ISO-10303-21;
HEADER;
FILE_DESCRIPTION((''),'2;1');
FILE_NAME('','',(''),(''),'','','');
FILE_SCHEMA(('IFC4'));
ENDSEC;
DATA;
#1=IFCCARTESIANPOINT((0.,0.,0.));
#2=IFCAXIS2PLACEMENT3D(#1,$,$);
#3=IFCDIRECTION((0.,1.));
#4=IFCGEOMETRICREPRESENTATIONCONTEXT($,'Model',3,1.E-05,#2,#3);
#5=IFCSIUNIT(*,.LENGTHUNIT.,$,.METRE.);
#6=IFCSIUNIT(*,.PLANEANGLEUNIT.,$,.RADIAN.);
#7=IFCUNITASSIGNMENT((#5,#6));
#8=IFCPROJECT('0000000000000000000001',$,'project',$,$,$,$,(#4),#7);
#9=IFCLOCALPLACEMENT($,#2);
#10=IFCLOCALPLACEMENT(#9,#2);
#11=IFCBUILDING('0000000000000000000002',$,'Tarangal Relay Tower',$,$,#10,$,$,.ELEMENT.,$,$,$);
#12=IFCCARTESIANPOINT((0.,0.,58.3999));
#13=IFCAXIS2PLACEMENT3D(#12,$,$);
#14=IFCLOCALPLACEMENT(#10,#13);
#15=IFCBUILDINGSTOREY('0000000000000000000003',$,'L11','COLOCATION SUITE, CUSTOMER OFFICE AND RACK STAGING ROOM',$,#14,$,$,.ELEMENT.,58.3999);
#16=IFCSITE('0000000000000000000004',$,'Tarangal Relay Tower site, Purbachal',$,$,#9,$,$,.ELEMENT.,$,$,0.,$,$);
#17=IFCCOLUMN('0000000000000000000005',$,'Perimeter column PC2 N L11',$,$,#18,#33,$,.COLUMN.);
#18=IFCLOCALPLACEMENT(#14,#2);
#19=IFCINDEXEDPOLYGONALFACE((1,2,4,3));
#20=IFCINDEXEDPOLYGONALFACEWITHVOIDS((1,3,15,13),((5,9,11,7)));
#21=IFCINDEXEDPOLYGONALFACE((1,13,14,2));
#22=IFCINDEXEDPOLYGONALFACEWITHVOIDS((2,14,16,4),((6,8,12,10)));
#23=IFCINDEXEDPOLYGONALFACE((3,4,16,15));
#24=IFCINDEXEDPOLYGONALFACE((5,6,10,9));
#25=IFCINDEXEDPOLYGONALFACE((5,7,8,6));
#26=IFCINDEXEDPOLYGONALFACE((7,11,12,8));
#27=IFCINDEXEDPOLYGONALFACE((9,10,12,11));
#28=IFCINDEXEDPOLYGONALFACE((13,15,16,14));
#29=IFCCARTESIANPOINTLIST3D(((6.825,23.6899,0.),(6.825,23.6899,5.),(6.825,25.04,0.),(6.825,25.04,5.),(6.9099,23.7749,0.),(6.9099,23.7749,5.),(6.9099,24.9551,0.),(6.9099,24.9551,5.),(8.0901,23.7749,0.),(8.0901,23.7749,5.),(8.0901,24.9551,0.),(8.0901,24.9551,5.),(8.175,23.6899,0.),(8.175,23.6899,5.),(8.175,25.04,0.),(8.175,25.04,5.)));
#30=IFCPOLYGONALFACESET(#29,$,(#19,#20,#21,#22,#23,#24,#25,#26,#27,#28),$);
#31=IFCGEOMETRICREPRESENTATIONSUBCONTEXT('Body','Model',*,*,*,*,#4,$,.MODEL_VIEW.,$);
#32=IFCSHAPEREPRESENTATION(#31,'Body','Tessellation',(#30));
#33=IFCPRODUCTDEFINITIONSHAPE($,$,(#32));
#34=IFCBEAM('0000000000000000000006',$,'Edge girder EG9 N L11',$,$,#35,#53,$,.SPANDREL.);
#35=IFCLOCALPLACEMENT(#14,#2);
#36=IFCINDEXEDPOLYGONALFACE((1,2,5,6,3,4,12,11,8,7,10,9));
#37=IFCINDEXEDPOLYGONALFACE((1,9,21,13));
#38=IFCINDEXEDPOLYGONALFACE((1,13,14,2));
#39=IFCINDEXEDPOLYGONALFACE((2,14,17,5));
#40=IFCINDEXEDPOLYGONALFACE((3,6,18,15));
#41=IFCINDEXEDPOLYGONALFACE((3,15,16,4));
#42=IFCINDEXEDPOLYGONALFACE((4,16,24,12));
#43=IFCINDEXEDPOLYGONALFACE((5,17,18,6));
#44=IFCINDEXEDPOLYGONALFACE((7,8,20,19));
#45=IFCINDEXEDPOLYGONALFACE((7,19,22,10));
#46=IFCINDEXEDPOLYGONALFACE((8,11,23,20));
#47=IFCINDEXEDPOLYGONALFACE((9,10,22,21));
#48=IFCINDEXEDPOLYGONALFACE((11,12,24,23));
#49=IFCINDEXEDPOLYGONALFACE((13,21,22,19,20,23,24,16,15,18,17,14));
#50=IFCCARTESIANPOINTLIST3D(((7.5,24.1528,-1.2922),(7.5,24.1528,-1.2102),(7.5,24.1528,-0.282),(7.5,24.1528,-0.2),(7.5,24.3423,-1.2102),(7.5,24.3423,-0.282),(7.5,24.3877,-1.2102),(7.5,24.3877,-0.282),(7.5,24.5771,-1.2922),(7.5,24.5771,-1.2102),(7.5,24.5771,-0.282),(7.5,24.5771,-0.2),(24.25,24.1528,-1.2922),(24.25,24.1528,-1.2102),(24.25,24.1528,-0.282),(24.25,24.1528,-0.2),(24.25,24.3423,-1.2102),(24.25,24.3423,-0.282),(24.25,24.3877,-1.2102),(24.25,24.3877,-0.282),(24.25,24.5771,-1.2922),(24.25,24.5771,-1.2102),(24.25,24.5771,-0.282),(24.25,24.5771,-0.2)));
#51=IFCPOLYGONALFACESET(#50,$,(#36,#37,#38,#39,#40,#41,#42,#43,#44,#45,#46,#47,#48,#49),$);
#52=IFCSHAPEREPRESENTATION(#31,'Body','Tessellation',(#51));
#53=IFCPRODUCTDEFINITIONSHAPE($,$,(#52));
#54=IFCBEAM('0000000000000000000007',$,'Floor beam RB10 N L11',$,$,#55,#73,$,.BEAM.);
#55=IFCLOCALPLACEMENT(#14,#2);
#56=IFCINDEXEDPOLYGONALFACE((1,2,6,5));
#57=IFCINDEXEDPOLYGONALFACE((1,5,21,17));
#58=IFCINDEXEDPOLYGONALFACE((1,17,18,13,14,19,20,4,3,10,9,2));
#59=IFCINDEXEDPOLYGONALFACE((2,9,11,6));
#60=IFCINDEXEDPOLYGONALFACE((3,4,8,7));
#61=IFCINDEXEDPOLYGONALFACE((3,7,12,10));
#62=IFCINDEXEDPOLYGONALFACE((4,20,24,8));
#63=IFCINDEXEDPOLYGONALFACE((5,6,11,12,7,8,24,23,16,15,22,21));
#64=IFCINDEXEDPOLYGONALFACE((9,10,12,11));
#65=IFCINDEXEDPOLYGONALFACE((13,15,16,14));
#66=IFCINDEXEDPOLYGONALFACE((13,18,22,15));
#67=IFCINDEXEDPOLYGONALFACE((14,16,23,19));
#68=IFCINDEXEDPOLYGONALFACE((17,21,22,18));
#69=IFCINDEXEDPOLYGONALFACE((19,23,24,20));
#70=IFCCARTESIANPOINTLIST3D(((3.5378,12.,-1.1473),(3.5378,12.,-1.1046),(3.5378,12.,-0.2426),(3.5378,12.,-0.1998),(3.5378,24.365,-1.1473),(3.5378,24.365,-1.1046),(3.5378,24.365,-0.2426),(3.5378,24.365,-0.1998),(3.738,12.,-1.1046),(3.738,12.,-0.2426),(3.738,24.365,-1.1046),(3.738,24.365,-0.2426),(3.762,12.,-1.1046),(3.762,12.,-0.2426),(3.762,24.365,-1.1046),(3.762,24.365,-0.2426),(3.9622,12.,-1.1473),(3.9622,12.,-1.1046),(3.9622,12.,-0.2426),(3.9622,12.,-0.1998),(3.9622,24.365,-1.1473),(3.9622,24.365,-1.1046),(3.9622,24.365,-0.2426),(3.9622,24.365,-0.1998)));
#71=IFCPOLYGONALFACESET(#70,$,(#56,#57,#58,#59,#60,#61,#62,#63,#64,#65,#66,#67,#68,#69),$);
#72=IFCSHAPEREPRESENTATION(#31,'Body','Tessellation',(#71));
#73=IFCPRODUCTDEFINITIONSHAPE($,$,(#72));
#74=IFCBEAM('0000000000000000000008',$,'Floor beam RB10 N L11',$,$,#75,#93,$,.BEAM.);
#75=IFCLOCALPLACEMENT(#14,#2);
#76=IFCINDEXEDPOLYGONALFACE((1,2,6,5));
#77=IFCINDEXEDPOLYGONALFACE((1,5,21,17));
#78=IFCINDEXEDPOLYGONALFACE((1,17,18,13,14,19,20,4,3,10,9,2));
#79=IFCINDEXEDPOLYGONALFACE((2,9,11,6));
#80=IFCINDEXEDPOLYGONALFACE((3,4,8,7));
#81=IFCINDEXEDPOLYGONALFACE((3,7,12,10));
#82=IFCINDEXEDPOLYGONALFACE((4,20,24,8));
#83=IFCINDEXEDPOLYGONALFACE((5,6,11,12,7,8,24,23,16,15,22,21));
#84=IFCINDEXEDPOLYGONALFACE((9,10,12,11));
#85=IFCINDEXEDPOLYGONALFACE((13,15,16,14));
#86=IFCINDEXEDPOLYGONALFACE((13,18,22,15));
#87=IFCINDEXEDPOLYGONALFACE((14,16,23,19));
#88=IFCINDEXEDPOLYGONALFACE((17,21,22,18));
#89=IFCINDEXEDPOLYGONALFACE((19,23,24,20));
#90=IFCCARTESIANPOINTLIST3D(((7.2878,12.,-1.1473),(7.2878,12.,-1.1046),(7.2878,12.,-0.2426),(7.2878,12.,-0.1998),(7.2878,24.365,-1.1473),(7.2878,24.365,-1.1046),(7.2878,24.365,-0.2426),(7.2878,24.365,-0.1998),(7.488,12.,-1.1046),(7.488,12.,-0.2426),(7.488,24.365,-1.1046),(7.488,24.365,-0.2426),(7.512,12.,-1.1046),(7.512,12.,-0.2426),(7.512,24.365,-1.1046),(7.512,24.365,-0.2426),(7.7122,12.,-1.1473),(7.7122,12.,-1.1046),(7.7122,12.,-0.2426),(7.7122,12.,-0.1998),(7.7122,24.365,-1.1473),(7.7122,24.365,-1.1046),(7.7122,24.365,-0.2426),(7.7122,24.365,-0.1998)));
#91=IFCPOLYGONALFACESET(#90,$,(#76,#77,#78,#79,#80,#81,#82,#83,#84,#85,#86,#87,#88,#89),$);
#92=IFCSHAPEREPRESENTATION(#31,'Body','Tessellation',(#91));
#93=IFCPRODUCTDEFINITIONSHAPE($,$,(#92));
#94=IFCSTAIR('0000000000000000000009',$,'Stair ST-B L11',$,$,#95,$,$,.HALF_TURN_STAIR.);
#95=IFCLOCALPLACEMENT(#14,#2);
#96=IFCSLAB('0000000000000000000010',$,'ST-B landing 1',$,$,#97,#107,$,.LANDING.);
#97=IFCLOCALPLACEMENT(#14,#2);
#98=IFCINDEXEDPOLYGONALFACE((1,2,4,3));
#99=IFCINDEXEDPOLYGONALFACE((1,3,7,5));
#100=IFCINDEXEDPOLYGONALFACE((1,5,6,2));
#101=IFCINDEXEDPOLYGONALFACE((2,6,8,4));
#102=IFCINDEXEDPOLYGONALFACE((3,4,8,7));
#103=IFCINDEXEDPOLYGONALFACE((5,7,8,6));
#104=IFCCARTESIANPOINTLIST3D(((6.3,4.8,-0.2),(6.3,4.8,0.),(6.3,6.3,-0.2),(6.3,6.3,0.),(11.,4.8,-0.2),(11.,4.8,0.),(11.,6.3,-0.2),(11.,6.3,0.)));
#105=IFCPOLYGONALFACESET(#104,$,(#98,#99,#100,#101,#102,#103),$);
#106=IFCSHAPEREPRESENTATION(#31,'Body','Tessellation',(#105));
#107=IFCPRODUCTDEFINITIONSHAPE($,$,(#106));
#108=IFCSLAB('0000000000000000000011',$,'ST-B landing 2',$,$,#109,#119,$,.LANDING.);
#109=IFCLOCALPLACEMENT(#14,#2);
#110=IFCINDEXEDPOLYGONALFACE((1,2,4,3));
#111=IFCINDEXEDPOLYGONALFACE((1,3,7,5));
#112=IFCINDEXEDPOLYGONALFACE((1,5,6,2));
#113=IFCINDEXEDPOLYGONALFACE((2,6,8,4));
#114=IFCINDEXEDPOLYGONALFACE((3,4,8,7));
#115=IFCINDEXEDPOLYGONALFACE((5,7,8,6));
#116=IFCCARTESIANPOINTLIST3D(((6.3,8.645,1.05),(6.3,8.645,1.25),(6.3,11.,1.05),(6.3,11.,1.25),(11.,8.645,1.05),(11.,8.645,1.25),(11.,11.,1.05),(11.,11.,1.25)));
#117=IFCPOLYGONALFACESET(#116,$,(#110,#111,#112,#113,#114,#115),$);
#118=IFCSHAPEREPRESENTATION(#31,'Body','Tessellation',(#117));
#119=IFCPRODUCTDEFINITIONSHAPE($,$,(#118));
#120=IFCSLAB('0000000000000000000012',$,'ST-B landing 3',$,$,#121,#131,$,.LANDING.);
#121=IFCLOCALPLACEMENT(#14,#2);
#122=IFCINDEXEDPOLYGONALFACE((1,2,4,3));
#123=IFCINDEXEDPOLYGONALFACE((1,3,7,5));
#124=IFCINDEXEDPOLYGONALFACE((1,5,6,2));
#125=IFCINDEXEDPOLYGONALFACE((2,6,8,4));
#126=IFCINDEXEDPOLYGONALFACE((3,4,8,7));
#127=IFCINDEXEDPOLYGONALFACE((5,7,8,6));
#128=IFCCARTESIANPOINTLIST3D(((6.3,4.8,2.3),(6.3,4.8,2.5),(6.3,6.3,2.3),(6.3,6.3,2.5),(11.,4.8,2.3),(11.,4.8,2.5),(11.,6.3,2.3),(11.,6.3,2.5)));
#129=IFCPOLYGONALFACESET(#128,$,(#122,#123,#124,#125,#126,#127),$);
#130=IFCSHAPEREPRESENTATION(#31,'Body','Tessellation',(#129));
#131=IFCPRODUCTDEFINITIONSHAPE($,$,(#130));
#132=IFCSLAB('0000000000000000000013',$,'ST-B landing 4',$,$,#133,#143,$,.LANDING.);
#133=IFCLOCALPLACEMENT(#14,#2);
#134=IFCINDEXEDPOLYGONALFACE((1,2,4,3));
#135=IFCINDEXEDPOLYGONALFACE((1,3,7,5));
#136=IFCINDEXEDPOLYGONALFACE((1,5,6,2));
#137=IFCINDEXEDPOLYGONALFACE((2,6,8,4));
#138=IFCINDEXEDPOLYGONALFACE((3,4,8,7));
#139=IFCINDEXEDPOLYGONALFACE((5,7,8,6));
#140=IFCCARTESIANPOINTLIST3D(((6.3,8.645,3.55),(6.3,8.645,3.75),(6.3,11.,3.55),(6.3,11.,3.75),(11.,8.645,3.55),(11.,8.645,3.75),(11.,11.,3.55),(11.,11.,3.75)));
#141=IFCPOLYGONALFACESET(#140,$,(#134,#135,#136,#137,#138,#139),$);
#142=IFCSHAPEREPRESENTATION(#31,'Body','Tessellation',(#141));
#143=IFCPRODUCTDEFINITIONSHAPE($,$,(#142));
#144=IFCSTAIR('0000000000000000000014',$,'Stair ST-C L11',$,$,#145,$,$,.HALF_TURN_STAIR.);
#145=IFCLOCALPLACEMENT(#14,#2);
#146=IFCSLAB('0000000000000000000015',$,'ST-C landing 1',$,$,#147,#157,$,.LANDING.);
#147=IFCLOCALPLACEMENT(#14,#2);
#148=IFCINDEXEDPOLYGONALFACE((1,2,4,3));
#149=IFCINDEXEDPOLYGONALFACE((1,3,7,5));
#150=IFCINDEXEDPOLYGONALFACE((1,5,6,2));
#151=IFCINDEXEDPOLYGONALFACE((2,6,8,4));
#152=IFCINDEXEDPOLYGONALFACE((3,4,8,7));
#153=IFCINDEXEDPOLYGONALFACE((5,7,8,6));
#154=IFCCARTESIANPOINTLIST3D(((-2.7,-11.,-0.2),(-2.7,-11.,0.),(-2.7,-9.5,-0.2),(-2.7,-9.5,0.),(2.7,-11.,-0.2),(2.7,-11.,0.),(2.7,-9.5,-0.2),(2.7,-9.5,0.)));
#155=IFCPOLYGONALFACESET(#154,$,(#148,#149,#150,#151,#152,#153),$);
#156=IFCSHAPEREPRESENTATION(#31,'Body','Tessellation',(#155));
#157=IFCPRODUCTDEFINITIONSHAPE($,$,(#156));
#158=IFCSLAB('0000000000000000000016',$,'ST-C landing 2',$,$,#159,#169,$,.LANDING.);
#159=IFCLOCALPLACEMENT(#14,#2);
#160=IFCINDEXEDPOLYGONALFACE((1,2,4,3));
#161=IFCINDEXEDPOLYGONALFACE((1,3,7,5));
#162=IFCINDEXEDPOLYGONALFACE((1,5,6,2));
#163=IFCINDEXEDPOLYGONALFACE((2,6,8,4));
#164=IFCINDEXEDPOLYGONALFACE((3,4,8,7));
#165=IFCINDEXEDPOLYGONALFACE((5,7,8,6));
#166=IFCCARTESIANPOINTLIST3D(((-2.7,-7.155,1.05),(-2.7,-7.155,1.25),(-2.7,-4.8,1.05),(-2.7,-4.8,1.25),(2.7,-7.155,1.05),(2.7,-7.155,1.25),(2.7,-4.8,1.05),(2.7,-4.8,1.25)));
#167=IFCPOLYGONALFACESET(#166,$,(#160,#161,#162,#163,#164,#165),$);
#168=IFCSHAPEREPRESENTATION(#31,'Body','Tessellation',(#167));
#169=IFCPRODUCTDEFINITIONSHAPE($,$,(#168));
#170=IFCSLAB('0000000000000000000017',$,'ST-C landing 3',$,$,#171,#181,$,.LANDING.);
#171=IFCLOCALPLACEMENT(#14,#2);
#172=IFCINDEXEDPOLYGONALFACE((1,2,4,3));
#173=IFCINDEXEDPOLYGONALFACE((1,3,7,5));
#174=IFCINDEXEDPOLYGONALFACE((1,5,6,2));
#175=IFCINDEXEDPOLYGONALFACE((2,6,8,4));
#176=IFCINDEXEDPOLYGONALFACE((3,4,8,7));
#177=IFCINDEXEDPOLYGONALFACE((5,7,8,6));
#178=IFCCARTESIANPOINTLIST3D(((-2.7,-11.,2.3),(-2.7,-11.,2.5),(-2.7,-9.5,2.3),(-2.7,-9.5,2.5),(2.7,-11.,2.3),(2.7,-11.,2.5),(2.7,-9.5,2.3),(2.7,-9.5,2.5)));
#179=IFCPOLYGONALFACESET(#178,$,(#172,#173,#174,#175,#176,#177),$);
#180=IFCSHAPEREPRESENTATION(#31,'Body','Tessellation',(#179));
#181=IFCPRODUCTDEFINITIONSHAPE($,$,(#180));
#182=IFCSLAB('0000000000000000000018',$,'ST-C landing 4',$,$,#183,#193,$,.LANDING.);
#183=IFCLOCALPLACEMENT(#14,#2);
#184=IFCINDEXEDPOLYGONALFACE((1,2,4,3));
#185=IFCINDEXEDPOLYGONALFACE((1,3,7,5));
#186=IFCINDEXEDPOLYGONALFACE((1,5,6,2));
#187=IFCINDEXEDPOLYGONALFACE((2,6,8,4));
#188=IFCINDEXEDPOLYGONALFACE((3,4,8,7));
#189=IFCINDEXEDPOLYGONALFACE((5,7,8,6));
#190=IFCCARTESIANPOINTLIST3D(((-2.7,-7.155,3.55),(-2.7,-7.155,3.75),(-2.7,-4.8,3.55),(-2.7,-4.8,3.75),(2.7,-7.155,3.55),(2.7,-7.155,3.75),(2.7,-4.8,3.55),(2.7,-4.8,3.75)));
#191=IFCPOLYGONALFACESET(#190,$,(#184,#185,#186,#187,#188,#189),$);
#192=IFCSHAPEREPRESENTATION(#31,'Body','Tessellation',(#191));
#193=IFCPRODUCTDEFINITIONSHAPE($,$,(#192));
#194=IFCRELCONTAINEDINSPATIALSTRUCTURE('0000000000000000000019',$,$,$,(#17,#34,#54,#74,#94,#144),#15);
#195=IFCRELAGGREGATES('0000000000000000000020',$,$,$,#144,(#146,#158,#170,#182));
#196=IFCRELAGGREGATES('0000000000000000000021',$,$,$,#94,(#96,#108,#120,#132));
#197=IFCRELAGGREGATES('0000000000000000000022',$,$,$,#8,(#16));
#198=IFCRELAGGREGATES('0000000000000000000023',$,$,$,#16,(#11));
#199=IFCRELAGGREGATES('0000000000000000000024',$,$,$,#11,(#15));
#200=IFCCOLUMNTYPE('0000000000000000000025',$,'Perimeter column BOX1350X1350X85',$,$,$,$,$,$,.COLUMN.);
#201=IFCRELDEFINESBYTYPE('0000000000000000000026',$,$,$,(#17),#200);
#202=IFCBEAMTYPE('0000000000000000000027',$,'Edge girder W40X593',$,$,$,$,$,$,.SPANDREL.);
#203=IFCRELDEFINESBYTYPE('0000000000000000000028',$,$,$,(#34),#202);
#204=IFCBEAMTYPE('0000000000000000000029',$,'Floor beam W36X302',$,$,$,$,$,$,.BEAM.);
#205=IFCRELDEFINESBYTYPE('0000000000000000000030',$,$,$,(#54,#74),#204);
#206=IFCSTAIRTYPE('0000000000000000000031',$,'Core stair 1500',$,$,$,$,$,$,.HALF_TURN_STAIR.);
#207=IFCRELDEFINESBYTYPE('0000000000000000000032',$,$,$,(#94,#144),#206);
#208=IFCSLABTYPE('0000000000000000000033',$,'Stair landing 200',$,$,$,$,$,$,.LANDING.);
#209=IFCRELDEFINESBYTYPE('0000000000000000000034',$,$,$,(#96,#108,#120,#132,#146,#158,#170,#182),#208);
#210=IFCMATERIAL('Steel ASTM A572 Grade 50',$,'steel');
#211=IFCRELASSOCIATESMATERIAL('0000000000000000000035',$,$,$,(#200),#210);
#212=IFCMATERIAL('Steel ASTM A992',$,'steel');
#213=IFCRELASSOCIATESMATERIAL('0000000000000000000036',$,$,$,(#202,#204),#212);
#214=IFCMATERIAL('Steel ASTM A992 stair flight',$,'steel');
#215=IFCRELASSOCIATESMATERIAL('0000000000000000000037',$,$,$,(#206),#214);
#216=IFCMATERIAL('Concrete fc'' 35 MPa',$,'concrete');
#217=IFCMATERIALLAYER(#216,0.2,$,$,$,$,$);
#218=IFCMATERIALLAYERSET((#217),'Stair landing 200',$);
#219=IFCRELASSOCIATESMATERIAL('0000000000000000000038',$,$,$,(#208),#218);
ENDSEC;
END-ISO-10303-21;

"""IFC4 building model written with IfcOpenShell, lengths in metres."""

from ifc_helpers import new_model, si_unit, direction, frame, origin, origin_2d, place, context, subcontext, project, spatial, polyline, hollow_rectangle, i_section, outline, extrude, material, layer, layer_set, material_profile, profile_set, type_object, element, aggregate, save


model = new_model("IFC4")

# Units and contexts
model_context = context("Model", 3, precision=1e-05, world=origin(), true_north=direction((0.0, 1.0)))
body_context = subcontext(model_context, "Body", "Model", "MODEL_VIEW")
ifc_project = project(units=[si_unit("LENGTHUNIT", "METRE"), si_unit("PLANEANGLEUNIT", "RADIAN")], contexts=[model_context])

# Site, building, storey
site_placement = place(None, origin())
site = spatial("IfcSite", under=ifc_project, at=site_placement, Name="Tarangal Relay Tower site, Purbachal", CompositionType="ELEMENT", RefElevation=0.0)
building_placement = place(site_placement, origin())
building = spatial("IfcBuilding", under=site, at=building_placement, Name="Tarangal Relay Tower", CompositionType="ELEMENT")
storey_placement = place(building_placement, frame((0.0, 0.0, 58.3999)))
storey = spatial("IfcBuildingStorey", under=building, at=storey_placement, Name="L11", Description="COLOCATION SUITE, CUSTOMER OFFICE AND RACK STAGING ROOM", CompositionType="ELEMENT", Elevation=58.3999)

# Column
ifc_material_1 = material(Name="Steel ASTM A572 Grade 50", Category="steel")
ifc_material_profile_1 = material_profile(ifc_material_1, hollow_rectangle(XDim=1.3501, YDim=1.3501, WallThickness=0.085, at=origin_2d()), Name="BOX1350X1350X85")
ifc_profile_set_1 = profile_set([ifc_material_profile_1], Name="Steel ASTM A572 Grade 50")
column_type = type_object("IfcColumnType", Name="Perimeter column BOX1350X1350X85", PredefinedType="COLUMN", material=ifc_profile_set_1)
column_placement = place(storey_placement, frame((7.5, 24.365, 0.0), z_axis=(0.0, 0.0, 1.0), x_axis=(1.0, 0.0, 0.0)))
element("IfcColumn", 1, at=column_placement, inside=storey, type_object=column_type, Name="Perimeter column PC2 N L11", PredefinedType="COLUMN", context=body_context, shape_type="SweptSolid", body=[
    extrude(hollow_rectangle(XDim=1.3501, YDim=1.3501, WallThickness=0.085, at=origin_2d()), origin(), (0.0, 0.0, 1.0), 5.0),
])

# Beams
ifc_material_2 = material(Name="Steel ASTM A992", Category="steel")
ifc_material_profile_2 = material_profile(ifc_material_2, i_section(OverallWidth=0.4243, OverallDepth=1.0923, WebThickness=0.0454, FlangeThickness=0.082, at=origin_2d()), Name="W40X593")
ifc_profile_set_2 = profile_set([ifc_material_profile_2], Name="Steel ASTM A992")
beam_type_1 = type_object("IfcBeamType", Name="Edge girder W40X593", PredefinedType="SPANDREL", material=ifc_profile_set_2)
beam_placement = place(storey_placement, frame((7.5, 24.365, -0.7461), z_axis=(1.0, 0.0, 0.0), x_axis=(0.0, 1.0, 0.0)))
element("IfcBeam", 2, at=beam_placement, inside=storey, type_object=beam_type_1, Name="Edge girder EG9 N L11", PredefinedType="SPANDREL", context=body_context, shape_type="SweptSolid", body=[
    extrude(i_section(OverallWidth=0.4243, OverallDepth=1.0923, WebThickness=0.0454, FlangeThickness=0.082, at=origin_2d()), origin(), (0.0, 0.0, 1.0), 16.75),
])
ifc_material_profile_3 = material_profile(ifc_material_2, i_section(OverallWidth=0.4243, OverallDepth=0.9475, WebThickness=0.0239, FlangeThickness=0.0427, at=origin_2d()), Name="W36X302")
ifc_profile_set_3 = profile_set([ifc_material_profile_3], Name="Steel ASTM A992")
beam_type_2 = type_object("IfcBeamType", Name="Floor beam W36X302", PredefinedType="BEAM", material=ifc_profile_set_3)
for number, where, z_axis, x_axis, name in (
    (3, (3.75, 12.0, -0.6736), (0.0, 1.0, 0.0), (-1.0, 0.0, 0.0), "Floor beam RB10 N L11"),
    (4, (7.5, 12.0, -0.6736), (0.0, 1.0, 0.0), (-1.0, 0.0, 0.0), "Floor beam RB10 N L11"),
):
    element("IfcBeam", number, at=place(storey_placement, frame(where, z_axis=z_axis, x_axis=x_axis)), inside=storey, type_object=beam_type_2, Name=name, PredefinedType="BEAM", context=body_context, shape_type="SweptSolid", body=[
        extrude(i_section(OverallWidth=0.4243, OverallDepth=0.9475, WebThickness=0.0239, FlangeThickness=0.0427, at=origin_2d()), origin(), (0.0, 0.0, 1.0), 12.365),
    ])

# Stairs, slabs
ifc_material_3 = material(Name="Steel ASTM A992 stair flight", Category="steel")
stair_type = type_object("IfcStairType", Name="Core stair 1500", PredefinedType="HALF_TURN_STAIR", material=ifc_material_3)
stair_1_placement = place(storey_placement, origin())
stair_1 = element("IfcStair", 5, at=stair_1_placement, inside=storey, type_object=stair_type, Name="Stair ST-B L11", PredefinedType="HALF_TURN_STAIR")
ifc_material_4 = material(Name="Concrete fc' 35 MPa", Category="concrete")
ifc_layer_1 = layer(ifc_material_4, 0.2)
ifc_layer_set_1 = layer_set([ifc_layer_1], Name="Stair landing 200")
slab_type = type_object("IfcSlabType", Name="Stair landing 200", PredefinedType="LANDING", material=ifc_layer_set_1)
slab_1_placement = place(storey_placement, frame((0.0, 0.0, -0.2)))
slab_1 = element("IfcSlab", 6, at=slab_1_placement, type_object=slab_type, Name="ST-B landing 1", PredefinedType="LANDING", context=body_context, shape_type="SweptSolid", body=[
    extrude(outline(polyline([(6.3, 4.8), (11.0, 4.8), (11.0, 6.3), (6.3, 6.3), (6.3, 4.8)])), origin(), (0.0, 0.0, 1.0), 0.2),
])
slab_2_placement = place(storey_placement, frame((0.0, 0.0, 1.05)))
slab_2 = element("IfcSlab", 7, at=slab_2_placement, type_object=slab_type, Name="ST-B landing 2", PredefinedType="LANDING", context=body_context, shape_type="SweptSolid", body=[
    extrude(outline(polyline([(6.3, 8.645), (11.0, 8.645), (11.0, 11.0), (6.3, 11.0), (6.3, 8.645)])), origin(), (0.0, 0.0, 1.0), 0.2),
])
slab_3_placement = place(storey_placement, frame((0.0, 0.0, 2.3)))
slab_3 = element("IfcSlab", 8, at=slab_3_placement, type_object=slab_type, Name="ST-B landing 3", PredefinedType="LANDING", context=body_context, shape_type="SweptSolid", body=[
    extrude(outline(polyline([(6.3, 4.8), (11.0, 4.8), (11.0, 6.3), (6.3, 6.3), (6.3, 4.8)])), origin(), (0.0, 0.0, 1.0), 0.2),
])
slab_4_placement = place(storey_placement, frame((0.0, 0.0, 3.55)))
slab_4 = element("IfcSlab", 9, at=slab_4_placement, type_object=slab_type, Name="ST-B landing 4", PredefinedType="LANDING", context=body_context, shape_type="SweptSolid", body=[
    extrude(outline(polyline([(6.3, 8.645), (11.0, 8.645), (11.0, 11.0), (6.3, 11.0), (6.3, 8.645)])), origin(), (0.0, 0.0, 1.0), 0.2),
])
stair_2_placement = place(storey_placement, origin())
stair_2 = element("IfcStair", 10, at=stair_2_placement, inside=storey, type_object=stair_type, Name="Stair ST-C L11", PredefinedType="HALF_TURN_STAIR")
slab_5_placement = place(storey_placement, frame((0.0, 0.0, -0.2)))
slab_5 = element("IfcSlab", 11, at=slab_5_placement, type_object=slab_type, Name="ST-C landing 1", PredefinedType="LANDING", context=body_context, shape_type="SweptSolid", body=[
    extrude(outline(polyline([(-2.7, -11.0), (2.7, -11.0), (2.7, -9.5), (-2.7, -9.5), (-2.7, -11.0)])), origin(), (0.0, 0.0, 1.0), 0.2),
])
slab_6_placement = place(storey_placement, frame((0.0, 0.0, 1.05)))
slab_6 = element("IfcSlab", 12, at=slab_6_placement, type_object=slab_type, Name="ST-C landing 2", PredefinedType="LANDING", context=body_context, shape_type="SweptSolid", body=[
    extrude(outline(polyline([(-2.7, -7.155), (2.7, -7.155), (2.7, -4.8), (-2.7, -4.8), (-2.7, -7.155)])), origin(), (0.0, 0.0, 1.0), 0.2),
])
slab_7_placement = place(storey_placement, frame((0.0, 0.0, 2.3)))
slab_7 = element("IfcSlab", 13, at=slab_7_placement, type_object=slab_type, Name="ST-C landing 3", PredefinedType="LANDING", context=body_context, shape_type="SweptSolid", body=[
    extrude(outline(polyline([(-2.7, -11.0), (2.7, -11.0), (2.7, -9.5), (-2.7, -9.5), (-2.7, -11.0)])), origin(), (0.0, 0.0, 1.0), 0.2),
])
slab_8_placement = place(storey_placement, frame((0.0, 0.0, 3.55)))
slab_8 = element("IfcSlab", 14, at=slab_8_placement, type_object=slab_type, Name="ST-C landing 4", PredefinedType="LANDING", context=body_context, shape_type="SweptSolid", body=[
    extrude(outline(polyline([(-2.7, -7.155), (2.7, -7.155), (2.7, -4.8), (-2.7, -4.8), (-2.7, -7.155)])), origin(), (0.0, 0.0, 1.0), 0.2),
])
aggregate(stair_2, [slab_5, slab_6, slab_7, slab_8])

aggregate(stair_1, [slab_1, slab_2, slab_3, slab_4])

save(model, "model.ifc")
